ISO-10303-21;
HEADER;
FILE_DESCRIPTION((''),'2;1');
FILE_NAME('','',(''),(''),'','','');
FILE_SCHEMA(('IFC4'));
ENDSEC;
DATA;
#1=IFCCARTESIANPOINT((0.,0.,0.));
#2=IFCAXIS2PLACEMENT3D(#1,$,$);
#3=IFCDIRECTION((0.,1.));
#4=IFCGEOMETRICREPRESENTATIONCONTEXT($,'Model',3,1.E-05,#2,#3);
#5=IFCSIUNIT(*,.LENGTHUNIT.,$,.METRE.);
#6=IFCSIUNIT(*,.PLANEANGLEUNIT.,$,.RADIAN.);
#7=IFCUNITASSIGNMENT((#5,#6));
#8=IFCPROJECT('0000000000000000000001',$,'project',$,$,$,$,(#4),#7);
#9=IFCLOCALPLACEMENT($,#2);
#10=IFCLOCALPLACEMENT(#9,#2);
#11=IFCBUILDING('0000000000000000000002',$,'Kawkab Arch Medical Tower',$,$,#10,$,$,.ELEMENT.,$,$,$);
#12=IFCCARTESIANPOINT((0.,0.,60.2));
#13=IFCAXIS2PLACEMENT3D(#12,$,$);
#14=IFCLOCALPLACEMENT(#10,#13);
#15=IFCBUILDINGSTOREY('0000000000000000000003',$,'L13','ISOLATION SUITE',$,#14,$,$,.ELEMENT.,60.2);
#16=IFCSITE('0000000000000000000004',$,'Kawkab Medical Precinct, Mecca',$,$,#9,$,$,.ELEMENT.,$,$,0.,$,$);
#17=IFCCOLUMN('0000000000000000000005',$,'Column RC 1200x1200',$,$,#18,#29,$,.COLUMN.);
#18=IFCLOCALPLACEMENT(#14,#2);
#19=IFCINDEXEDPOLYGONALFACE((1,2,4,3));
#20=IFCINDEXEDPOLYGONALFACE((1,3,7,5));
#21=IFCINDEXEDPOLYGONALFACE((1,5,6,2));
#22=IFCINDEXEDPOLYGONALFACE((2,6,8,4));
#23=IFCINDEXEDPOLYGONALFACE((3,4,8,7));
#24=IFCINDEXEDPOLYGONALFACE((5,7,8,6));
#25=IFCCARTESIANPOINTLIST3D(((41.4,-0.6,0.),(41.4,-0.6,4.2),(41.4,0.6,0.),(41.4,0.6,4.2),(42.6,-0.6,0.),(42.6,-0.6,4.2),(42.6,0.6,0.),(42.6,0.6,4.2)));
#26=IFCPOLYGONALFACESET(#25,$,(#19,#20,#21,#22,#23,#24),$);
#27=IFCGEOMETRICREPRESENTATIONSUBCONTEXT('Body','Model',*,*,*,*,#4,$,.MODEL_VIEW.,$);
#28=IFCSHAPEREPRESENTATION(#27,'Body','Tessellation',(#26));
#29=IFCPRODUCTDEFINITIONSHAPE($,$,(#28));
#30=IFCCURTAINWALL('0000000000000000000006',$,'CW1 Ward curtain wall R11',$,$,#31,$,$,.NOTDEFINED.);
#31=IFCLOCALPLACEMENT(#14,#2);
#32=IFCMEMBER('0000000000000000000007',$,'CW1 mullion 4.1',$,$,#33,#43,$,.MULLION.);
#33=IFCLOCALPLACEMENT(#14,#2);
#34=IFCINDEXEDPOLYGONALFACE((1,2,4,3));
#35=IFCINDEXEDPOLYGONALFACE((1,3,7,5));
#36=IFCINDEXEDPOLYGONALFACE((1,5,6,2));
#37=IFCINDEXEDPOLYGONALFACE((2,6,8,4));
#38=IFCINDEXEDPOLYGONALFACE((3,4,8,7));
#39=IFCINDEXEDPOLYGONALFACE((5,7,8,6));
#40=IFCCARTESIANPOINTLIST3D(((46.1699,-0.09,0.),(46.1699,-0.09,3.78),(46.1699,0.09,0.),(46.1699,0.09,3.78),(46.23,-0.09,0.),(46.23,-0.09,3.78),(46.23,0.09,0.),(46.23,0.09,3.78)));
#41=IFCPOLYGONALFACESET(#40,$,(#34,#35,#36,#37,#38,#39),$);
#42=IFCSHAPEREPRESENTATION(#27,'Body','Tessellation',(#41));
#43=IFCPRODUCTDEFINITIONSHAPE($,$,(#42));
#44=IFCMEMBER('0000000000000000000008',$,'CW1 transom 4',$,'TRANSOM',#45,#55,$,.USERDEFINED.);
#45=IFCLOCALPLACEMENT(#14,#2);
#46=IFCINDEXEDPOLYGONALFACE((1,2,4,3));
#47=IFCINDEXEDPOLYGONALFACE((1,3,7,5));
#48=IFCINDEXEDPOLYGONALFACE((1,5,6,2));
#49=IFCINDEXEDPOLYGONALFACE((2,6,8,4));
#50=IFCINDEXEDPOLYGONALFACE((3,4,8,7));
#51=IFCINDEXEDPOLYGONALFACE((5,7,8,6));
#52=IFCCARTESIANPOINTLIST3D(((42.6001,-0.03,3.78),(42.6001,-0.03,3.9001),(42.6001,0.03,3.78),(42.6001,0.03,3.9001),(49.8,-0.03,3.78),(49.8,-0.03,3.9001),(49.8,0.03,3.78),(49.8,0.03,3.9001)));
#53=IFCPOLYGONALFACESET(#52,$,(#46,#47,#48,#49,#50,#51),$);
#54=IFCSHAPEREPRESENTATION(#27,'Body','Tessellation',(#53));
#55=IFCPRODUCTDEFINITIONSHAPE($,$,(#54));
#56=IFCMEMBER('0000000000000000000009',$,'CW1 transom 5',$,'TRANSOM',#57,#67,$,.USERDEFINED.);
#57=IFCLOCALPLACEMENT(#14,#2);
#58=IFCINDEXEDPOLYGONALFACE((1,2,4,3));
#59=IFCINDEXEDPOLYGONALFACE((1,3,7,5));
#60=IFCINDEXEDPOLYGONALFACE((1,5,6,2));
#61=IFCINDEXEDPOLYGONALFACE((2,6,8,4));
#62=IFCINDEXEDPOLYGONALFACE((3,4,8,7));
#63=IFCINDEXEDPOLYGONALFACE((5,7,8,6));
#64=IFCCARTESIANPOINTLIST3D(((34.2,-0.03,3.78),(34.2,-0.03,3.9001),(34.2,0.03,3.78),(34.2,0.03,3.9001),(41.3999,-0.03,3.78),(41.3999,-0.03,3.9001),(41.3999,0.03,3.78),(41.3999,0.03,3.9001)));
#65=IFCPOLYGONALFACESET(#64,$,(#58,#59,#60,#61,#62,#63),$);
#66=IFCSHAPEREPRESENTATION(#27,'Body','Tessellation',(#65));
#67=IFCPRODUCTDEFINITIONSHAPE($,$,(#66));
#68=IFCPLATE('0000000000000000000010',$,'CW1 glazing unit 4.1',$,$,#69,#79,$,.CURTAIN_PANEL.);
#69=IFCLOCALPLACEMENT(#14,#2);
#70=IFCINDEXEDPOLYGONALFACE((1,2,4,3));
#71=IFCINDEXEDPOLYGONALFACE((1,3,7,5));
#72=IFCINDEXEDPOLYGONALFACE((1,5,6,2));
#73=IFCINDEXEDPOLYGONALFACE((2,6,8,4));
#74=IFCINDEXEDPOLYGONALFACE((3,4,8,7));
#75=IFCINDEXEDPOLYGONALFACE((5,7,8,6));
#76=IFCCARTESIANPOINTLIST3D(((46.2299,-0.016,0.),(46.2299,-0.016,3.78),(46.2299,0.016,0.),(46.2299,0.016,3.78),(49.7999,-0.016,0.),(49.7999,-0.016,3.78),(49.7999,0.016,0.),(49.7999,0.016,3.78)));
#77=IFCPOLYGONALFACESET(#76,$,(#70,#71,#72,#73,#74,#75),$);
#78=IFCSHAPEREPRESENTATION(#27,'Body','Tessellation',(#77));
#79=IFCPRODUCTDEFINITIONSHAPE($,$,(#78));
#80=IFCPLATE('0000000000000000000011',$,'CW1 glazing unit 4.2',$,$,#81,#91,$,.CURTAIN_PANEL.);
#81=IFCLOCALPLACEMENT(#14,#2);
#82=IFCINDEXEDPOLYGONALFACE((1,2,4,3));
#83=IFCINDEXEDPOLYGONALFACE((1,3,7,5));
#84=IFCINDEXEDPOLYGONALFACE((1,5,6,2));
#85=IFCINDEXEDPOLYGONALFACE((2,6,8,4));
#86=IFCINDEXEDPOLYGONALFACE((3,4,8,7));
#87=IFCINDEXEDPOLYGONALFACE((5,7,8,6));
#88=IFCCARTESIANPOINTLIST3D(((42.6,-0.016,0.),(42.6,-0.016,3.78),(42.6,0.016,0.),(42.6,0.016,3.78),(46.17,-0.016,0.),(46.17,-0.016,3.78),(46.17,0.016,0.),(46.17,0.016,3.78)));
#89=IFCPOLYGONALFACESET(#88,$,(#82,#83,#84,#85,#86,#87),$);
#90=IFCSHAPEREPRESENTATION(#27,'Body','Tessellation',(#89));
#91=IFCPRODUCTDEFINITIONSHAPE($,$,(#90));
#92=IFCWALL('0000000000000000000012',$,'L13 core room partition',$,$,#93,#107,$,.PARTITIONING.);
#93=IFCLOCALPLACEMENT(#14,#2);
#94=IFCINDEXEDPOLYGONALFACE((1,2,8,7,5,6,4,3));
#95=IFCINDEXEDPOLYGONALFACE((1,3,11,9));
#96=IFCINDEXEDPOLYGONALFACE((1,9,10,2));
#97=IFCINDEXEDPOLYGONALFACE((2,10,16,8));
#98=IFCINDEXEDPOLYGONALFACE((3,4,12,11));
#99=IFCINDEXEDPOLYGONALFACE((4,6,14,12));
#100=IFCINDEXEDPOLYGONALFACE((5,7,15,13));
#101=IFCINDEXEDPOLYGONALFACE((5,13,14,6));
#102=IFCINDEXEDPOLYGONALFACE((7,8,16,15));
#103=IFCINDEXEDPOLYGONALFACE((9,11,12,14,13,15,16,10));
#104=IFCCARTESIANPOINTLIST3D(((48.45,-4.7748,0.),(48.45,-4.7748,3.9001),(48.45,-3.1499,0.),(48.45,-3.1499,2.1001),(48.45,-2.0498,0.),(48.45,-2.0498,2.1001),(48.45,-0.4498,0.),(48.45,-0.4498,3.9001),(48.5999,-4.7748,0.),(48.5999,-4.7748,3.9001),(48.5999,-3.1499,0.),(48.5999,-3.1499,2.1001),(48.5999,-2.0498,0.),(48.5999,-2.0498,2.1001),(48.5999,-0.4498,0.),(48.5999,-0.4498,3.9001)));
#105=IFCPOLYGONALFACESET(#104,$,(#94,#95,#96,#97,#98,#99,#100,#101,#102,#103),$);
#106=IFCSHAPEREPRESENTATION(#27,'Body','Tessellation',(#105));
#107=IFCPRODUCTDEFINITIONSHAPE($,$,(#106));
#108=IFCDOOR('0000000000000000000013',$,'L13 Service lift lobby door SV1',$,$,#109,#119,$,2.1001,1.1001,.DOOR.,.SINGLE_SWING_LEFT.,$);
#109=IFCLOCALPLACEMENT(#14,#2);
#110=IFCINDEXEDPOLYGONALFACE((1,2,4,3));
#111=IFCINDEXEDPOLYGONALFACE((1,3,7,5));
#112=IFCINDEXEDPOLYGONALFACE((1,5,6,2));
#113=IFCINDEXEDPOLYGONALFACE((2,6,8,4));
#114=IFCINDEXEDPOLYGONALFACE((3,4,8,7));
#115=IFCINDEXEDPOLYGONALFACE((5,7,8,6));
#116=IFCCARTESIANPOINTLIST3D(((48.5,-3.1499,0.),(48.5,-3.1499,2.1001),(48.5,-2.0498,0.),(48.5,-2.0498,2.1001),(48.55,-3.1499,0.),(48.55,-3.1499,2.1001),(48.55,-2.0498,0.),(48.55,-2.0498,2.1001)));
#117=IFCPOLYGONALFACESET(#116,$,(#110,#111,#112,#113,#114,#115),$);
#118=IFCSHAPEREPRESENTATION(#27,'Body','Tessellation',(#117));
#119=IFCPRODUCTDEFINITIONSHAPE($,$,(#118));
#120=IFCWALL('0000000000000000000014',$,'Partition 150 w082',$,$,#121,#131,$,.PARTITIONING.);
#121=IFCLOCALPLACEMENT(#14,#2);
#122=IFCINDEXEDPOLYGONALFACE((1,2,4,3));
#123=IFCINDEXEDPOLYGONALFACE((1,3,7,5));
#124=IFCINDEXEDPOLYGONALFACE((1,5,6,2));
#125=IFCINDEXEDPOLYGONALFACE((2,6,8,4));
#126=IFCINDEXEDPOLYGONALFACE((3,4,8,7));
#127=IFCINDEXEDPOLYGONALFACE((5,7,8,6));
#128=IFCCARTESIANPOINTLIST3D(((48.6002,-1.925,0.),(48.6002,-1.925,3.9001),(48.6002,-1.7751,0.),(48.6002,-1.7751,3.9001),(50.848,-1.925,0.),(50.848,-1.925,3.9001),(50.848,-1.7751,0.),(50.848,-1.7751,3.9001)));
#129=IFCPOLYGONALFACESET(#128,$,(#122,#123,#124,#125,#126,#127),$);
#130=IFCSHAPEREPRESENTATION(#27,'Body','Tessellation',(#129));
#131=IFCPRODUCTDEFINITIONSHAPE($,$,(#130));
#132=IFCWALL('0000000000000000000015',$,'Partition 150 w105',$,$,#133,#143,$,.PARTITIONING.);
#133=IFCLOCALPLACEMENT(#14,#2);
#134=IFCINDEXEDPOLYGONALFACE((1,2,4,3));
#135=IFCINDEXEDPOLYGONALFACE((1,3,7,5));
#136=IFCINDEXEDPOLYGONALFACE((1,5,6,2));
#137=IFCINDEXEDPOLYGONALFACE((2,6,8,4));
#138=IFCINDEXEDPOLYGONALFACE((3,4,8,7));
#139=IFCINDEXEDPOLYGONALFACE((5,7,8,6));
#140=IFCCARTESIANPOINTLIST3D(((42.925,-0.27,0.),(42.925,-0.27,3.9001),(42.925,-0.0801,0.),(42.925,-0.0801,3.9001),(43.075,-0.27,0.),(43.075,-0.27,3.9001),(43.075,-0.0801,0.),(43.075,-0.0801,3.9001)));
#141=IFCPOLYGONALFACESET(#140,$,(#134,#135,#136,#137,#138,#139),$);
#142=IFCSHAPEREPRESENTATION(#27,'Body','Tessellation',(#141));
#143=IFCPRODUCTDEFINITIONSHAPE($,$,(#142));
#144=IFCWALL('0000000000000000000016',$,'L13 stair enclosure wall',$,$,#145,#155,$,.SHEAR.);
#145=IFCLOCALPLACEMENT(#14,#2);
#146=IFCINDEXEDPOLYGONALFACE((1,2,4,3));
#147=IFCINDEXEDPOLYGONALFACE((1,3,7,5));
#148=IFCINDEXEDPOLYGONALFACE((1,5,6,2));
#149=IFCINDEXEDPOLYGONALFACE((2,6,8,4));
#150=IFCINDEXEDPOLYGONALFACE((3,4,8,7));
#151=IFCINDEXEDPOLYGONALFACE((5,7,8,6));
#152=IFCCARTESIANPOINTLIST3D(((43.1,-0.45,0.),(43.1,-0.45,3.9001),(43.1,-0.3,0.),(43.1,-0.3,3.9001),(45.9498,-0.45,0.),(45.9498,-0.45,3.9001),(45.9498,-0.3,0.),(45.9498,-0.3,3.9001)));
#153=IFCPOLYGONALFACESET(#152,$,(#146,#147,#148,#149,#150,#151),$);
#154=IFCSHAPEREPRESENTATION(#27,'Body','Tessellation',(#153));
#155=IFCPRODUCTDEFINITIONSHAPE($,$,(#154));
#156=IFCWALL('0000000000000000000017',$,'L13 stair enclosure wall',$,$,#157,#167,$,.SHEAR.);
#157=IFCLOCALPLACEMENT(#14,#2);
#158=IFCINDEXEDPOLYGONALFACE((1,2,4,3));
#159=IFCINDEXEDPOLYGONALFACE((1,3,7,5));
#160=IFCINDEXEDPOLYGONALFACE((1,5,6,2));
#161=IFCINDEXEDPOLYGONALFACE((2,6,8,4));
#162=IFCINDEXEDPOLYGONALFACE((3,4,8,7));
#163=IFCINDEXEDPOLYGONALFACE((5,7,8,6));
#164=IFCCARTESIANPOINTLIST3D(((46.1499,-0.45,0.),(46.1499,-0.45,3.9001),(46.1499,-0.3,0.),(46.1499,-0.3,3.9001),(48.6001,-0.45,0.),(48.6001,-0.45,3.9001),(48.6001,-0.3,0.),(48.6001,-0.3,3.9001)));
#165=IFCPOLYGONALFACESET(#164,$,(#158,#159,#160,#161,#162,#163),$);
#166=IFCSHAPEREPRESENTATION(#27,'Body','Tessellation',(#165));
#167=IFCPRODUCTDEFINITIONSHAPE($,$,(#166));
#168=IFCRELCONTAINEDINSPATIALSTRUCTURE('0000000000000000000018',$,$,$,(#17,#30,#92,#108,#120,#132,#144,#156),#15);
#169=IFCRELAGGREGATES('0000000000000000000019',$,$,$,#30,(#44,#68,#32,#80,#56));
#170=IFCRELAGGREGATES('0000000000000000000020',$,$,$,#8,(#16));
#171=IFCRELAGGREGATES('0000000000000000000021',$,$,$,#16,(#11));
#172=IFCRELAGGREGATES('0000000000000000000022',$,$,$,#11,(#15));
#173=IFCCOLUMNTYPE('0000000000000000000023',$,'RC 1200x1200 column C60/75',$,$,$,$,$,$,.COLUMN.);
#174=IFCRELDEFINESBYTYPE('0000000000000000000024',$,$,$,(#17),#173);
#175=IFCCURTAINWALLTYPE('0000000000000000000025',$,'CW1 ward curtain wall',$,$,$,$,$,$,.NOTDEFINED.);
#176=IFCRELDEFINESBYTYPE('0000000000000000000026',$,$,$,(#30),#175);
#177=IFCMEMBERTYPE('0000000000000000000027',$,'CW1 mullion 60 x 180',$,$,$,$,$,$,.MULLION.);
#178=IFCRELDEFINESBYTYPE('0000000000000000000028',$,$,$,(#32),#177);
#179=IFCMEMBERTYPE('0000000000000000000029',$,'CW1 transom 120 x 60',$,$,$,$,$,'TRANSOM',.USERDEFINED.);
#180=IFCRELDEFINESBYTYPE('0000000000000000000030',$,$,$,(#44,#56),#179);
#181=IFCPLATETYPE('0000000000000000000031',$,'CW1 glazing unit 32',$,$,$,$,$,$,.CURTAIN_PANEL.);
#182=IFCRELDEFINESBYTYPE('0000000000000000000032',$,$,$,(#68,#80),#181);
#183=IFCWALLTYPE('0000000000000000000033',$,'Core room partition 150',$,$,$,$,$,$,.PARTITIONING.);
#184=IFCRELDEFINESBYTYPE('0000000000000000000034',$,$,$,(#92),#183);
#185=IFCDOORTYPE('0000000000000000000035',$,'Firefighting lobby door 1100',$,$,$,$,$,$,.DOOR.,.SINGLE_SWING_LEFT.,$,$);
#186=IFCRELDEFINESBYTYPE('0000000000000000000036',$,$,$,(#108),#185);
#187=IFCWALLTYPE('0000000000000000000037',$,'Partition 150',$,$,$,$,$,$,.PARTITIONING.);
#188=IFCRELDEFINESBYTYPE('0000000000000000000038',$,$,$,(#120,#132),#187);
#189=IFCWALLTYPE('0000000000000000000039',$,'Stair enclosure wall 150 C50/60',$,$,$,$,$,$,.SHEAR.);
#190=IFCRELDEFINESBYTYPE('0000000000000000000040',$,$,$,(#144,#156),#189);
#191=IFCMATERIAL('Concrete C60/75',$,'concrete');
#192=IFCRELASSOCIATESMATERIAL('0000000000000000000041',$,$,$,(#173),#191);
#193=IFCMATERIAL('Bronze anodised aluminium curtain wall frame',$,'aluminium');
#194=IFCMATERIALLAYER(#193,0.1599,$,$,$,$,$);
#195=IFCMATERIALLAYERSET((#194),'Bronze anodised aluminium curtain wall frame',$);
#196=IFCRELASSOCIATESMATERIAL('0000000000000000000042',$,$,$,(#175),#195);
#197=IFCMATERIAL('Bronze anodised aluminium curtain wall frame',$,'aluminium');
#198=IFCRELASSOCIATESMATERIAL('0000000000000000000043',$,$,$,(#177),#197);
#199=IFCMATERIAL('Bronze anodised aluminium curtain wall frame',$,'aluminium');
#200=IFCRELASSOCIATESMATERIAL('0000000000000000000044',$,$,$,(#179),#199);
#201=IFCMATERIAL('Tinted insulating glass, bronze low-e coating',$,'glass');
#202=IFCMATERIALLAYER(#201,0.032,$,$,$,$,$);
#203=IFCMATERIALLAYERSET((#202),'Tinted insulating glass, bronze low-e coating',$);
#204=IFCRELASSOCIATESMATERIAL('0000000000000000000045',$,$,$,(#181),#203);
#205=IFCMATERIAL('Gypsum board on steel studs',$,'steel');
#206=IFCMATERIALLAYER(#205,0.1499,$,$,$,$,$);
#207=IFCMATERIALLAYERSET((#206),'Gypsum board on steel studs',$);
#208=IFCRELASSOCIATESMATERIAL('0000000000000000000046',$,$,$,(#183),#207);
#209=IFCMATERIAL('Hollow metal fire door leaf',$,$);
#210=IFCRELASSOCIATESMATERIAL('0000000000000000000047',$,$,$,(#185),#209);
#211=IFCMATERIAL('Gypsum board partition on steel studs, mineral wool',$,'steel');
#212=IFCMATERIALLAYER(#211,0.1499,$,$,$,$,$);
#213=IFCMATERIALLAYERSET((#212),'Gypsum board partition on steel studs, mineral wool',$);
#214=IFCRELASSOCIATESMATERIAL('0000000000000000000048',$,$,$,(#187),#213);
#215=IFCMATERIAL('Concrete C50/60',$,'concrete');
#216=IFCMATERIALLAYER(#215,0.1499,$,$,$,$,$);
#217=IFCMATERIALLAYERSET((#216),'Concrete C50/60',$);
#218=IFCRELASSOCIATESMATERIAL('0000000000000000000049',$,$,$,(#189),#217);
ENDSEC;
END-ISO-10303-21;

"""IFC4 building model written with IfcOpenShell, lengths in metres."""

from ifc_helpers import new_model, si_unit, direction, frame, frame_2d, origin, origin_2d, place, context, subcontext, project, spatial, rectangle, extrude, material, layer, layer_set, material_profile, profile_set, type_object, element, fill, aggregate, save


model = new_model("IFC4")

# Units and contexts
model_context = context("Model", 3, precision=1e-05, world=origin(), true_north=direction((0.0, 1.0)))
body_context = subcontext(model_context, "Body", "Model", "MODEL_VIEW")
ifc_project = project(units=[si_unit("LENGTHUNIT", "METRE"), si_unit("PLANEANGLEUNIT", "RADIAN")], contexts=[model_context])

# Site, building, storey
site_placement = place(None, origin())
site = spatial("IfcSite", under=ifc_project, at=site_placement, Name="Kawkab Medical Precinct, Mecca", CompositionType="ELEMENT", RefElevation=0.0)
building_placement = place(site_placement, origin())
building = spatial("IfcBuilding", under=site, at=building_placement, Name="Kawkab Arch Medical Tower", CompositionType="ELEMENT")
storey_placement = place(building_placement, frame((0.0, 0.0, 60.2)))
storey = spatial("IfcBuildingStorey", under=building, at=storey_placement, Name="L13", Description="ISOLATION SUITE", CompositionType="ELEMENT", Elevation=60.2)

# Column
ifc_material_1 = material(Name="Concrete C60/75", Category="concrete")
ifc_material_profile_1 = material_profile(ifc_material_1, rectangle(XDim=1.2, YDim=1.2, at=origin_2d()), Name="RC 1200x1200")
ifc_profile_set_1 = profile_set([ifc_material_profile_1], Name="Concrete C60/75")
column_type = type_object("IfcColumnType", Name="RC 1200x1200 column C60/75", PredefinedType="COLUMN", material=ifc_profile_set_1)
column_placement = place(storey_placement, frame((42.0, 0.0, 0.0), z_axis=(0.0, 0.0, 1.0), x_axis=(1.0, 0.0, 0.0)))
element("IfcColumn", 1, at=column_placement, inside=storey, type_object=column_type, Name="Column RC 1200x1200", PredefinedType="COLUMN", context=body_context, shape_type="SweptSolid", body=[
    extrude(rectangle(XDim=1.2, YDim=1.2, at=origin_2d()), origin(), (0.0, 0.0, 1.0), 4.2),
])

# Curtain wall, members, plates
ifc_material_2 = material(Name="Bronze anodised aluminium curtain wall frame", Category="aluminium")
ifc_layer_1 = layer(ifc_material_2, 0.1599)
ifc_layer_set_1 = layer_set([ifc_layer_1], Name="Bronze anodised aluminium curtain wall frame")
curtain_wall_type = type_object("IfcCurtainWallType", Name="CW1 ward curtain wall", PredefinedType="NOTDEFINED", material=ifc_layer_set_1)
placement = place(storey_placement, origin())
curtain_wall = element("IfcCurtainWall", 2, at=placement, inside=storey, type_object=curtain_wall_type, Name="CW1 Ward curtain wall R11", PredefinedType="NOTDEFINED")
ifc_material_3 = material(Name="Bronze anodised aluminium curtain wall frame", Category="aluminium")
ifc_material_profile_2 = material_profile(ifc_material_3, rectangle(XDim=0.1799, YDim=0.0601, at=origin_2d()), Name="AL 60x180")
ifc_profile_set_2 = profile_set([ifc_material_profile_2], Name="Bronze anodised aluminium curtain wall frame")
member_type_1 = type_object("IfcMemberType", Name="CW1 mullion 60 x 180", PredefinedType="MULLION", material=ifc_profile_set_2)
member_1_placement = place(storey_placement, frame((46.2, 0.0, 0.0), z_axis=(0.0, 0.0, 1.0), x_axis=(0.0, -1.0, 0.0)))
member_1 = element("IfcMember", 3, at=member_1_placement, type_object=member_type_1, Name="CW1 mullion 4.1", PredefinedType="MULLION", context=body_context, shape_type="SweptSolid", body=[
    extrude(rectangle(XDim=0.1799, YDim=0.0601, at=origin_2d()), origin(), (0.0, 0.0, 1.0), 3.78),
])
ifc_material_4 = material(Name="Bronze anodised aluminium curtain wall frame", Category="aluminium")
ifc_material_profile_3 = material_profile(ifc_material_4, rectangle(XDim=0.0601, YDim=0.1201, at=origin_2d()), Name="AL 60x120")
ifc_profile_set_3 = profile_set([ifc_material_profile_3], Name="Bronze anodised aluminium curtain wall frame")
member_type_2 = type_object("IfcMemberType", Name="CW1 transom 120 x 60", ElementType="TRANSOM", PredefinedType="USERDEFINED", material=ifc_profile_set_3)
member_2_placement = place(storey_placement, frame((49.8, 0.0, 3.8401), z_axis=(-1.0, 0.0, 0.0), x_axis=(0.0, -1.0, 0.0)))
member_2 = element("IfcMember", 4, at=member_2_placement, type_object=member_type_2, Name="CW1 transom 4", ObjectType="TRANSOM", PredefinedType="USERDEFINED", context=body_context, shape_type="SweptSolid", body=[
    extrude(rectangle(XDim=0.0601, YDim=0.1201, at=origin_2d()), origin(), (0.0, 0.0, 1.0), 7.2),
])
member_3_placement = place(storey_placement, frame((41.3999, 0.0, 3.8401), z_axis=(-1.0, 0.0, 0.0), x_axis=(0.0, -1.0, 0.0)))
member_3 = element("IfcMember", 5, at=member_3_placement, type_object=member_type_2, Name="CW1 transom 5", ObjectType="TRANSOM", PredefinedType="USERDEFINED", context=body_context, shape_type="SweptSolid", body=[
    extrude(rectangle(XDim=0.0601, YDim=0.1201, at=origin_2d()), origin(), (0.0, 0.0, 1.0), 7.2),
])
ifc_material_5 = material(Name="Tinted insulating glass, bronze low-e coating", Category="glass")
ifc_layer_2 = layer(ifc_material_5, 0.032)
ifc_layer_set_2 = layer_set([ifc_layer_2], Name="Tinted insulating glass, bronze low-e coating")
plate_type = type_object("IfcPlateType", Name="CW1 glazing unit 32", PredefinedType="CURTAIN_PANEL", material=ifc_layer_set_2)
plate_1_placement = place(storey_placement, frame((48.0149, 0.0, 0.0), z_axis=(0.0, 0.0, 1.0), x_axis=(-1.0, 0.0, 0.0)))
plate_1 = element("IfcPlate", 6, at=plate_1_placement, type_object=plate_type, Name="CW1 glazing unit 4.1", PredefinedType="CURTAIN_PANEL", context=body_context, shape_type="SweptSolid", body=[
    extrude(rectangle(XDim=3.5701, YDim=0.032, at=origin_2d()), origin(), (0.0, 0.0, 1.0), 3.78),
])
plate_2_placement = place(storey_placement, frame((44.385, 0.0, 0.0), z_axis=(0.0, 0.0, 1.0), x_axis=(-1.0, 0.0, 0.0)))
plate_2 = element("IfcPlate", 7, at=plate_2_placement, type_object=plate_type, Name="CW1 glazing unit 4.2", PredefinedType="CURTAIN_PANEL", context=body_context, shape_type="SweptSolid", body=[
    extrude(rectangle(XDim=3.5701, YDim=0.032, at=origin_2d()), origin(), (0.0, 0.0, 1.0), 3.78),
])
aggregate(curtain_wall, [member_2, plate_1, member_1, plate_2, member_3])

# Wall, opening, door
ifc_material_6 = material(Name="Gypsum board on steel studs", Category="steel")
ifc_layer_3 = layer(ifc_material_6, 0.1499)
ifc_layer_set_3 = layer_set([ifc_layer_3], Name="Gypsum board on steel studs")
wall_type_1 = type_object("IfcWallType", Name="Core room partition 150", PredefinedType="PARTITIONING", material=ifc_layer_set_3)
wall_1_placement = place(storey_placement, frame((48.5249, -4.7749, 0.0), z_axis=(0.0, 0.0, 1.0), x_axis=(0.0, 1.0, 0.0)))
wall_1 = element("IfcWall", 8, at=wall_1_placement, inside=storey, type_object=wall_type_1, Name="L13 core room partition", PredefinedType="PARTITIONING", context=body_context, shape_type="SweptSolid", body=[
    extrude(rectangle(XDim=4.325, YDim=0.1499, at=frame_2d((2.1626, 0.0))), origin(), (0.0, 0.0, 1.0), 3.9001),
])
opening_placement = place(wall_1_placement, frame((1.625, 0.0, 0.0)))
opening = element("IfcOpeningElement", 9, at=opening_placement, cuts=wall_1, PredefinedType="OPENING", context=body_context, shape_type="SweptSolid", body=[
    extrude(rectangle(XDim=1.1001, YDim=2.1001, at=frame_2d((0.55, 1.05))), frame((0.0, 0.085, 0.0), z_axis=(0.0, -1.0, 0.0), x_axis=(1.0, 0.0, 0.0)), (0.0, 0.0, 1.0), 0.1699),
])
ifc_material_7 = material(Name="Hollow metal fire door leaf")
door_type = type_object("IfcDoorType", Name="Firefighting lobby door 1100", OperationType="SINGLE_SWING_LEFT", PredefinedType="DOOR", material=ifc_material_7)
door_placement = place(opening_placement, origin())
door = element("IfcDoor", 10, at=door_placement, inside=storey, type_object=door_type, Name="L13 Service lift lobby door SV1", OperationType="SINGLE_SWING_LEFT", OverallHeight=2.1001, OverallWidth=1.1001, PredefinedType="DOOR", context=body_context, shape_type="SweptSolid", body=[
    extrude(rectangle(XDim=1.1001, YDim=2.1001, at=frame_2d((0.55, 1.05))), frame((0.0, 0.0249, 0.0), z_axis=(0.0, -1.0, 0.0), x_axis=(1.0, 0.0, 0.0)), (0.0, 0.0, 1.0), 0.05),
])
fill(opening, door)

# Walls
ifc_material_8 = material(Name="Gypsum board partition on steel studs, mineral wool", Category="steel")
ifc_layer_4 = layer(ifc_material_8, 0.1499)
ifc_layer_set_4 = layer_set([ifc_layer_4], Name="Gypsum board partition on steel studs, mineral wool")
wall_type_2 = type_object("IfcWallType", Name="Partition 150", PredefinedType="PARTITIONING", material=ifc_layer_set_4)
wall_2_placement = place(storey_placement, frame((48.6001, -1.8501, 0.0), z_axis=(0.0, 0.0, 1.0), x_axis=(1.0, 0.0, 0.0)))
element("IfcWall", 11, at=wall_2_placement, inside=storey, type_object=wall_type_2, Name="Partition 150 w082", PredefinedType="PARTITIONING", context=body_context, shape_type="SweptSolid", body=[
    extrude(rectangle(XDim=2.2478, YDim=0.1499, at=frame_2d((1.124, 0.0))), origin(), (0.0, 0.0, 1.0), 3.9001),
])
wall_3_placement = place(storey_placement, frame((43.0, -0.27, 0.0), z_axis=(0.0, 0.0, 1.0), x_axis=(0.0, 1.0, 0.0)))
element("IfcWall", 12, at=wall_3_placement, inside=storey, type_object=wall_type_2, Name="Partition 150 w105", PredefinedType="PARTITIONING", context=body_context, shape_type="SweptSolid", body=[
    extrude(rectangle(XDim=0.1899, YDim=0.1499, at=frame_2d((0.095, 0.0))), origin(), (0.0, 0.0, 1.0), 3.9001),
])
ifc_material_9 = material(Name="Concrete C50/60", Category="concrete")
ifc_layer_5 = layer(ifc_material_9, 0.1499)
ifc_layer_set_5 = layer_set([ifc_layer_5], Name="Concrete C50/60")
wall_type_3 = type_object("IfcWallType", Name="Stair enclosure wall 150 C50/60", PredefinedType="SHEAR", material=ifc_layer_set_5)
wall_4_placement = place(storey_placement, frame((43.1001, -0.375, 0.0), z_axis=(0.0, 0.0, 1.0), x_axis=(1.0, 0.0, 0.0)))
element("IfcWall", 13, at=wall_4_placement, inside=storey, type_object=wall_type_3, Name="L13 stair enclosure wall", PredefinedType="SHEAR", context=body_context, shape_type="SweptSolid", body=[
    extrude(rectangle(XDim=2.8499, YDim=0.1499, at=frame_2d((1.4248, 0.0))), origin(), (0.0, 0.0, 1.0), 3.9001),
])
wall_5_placement = place(storey_placement, frame((46.1499, -0.375, 0.0), z_axis=(0.0, 0.0, 1.0), x_axis=(1.0, 0.0, 0.0)))
element("IfcWall", 14, at=wall_5_placement, inside=storey, type_object=wall_type_3, Name="L13 stair enclosure wall", PredefinedType="SHEAR", context=body_context, shape_type="SweptSolid", body=[
    extrude(rectangle(XDim=2.4502, YDim=0.1499, at=frame_2d((1.2251, 0.0))), origin(), (0.0, 0.0, 1.0), 3.9001),
])

save(model, "model.ifc")
